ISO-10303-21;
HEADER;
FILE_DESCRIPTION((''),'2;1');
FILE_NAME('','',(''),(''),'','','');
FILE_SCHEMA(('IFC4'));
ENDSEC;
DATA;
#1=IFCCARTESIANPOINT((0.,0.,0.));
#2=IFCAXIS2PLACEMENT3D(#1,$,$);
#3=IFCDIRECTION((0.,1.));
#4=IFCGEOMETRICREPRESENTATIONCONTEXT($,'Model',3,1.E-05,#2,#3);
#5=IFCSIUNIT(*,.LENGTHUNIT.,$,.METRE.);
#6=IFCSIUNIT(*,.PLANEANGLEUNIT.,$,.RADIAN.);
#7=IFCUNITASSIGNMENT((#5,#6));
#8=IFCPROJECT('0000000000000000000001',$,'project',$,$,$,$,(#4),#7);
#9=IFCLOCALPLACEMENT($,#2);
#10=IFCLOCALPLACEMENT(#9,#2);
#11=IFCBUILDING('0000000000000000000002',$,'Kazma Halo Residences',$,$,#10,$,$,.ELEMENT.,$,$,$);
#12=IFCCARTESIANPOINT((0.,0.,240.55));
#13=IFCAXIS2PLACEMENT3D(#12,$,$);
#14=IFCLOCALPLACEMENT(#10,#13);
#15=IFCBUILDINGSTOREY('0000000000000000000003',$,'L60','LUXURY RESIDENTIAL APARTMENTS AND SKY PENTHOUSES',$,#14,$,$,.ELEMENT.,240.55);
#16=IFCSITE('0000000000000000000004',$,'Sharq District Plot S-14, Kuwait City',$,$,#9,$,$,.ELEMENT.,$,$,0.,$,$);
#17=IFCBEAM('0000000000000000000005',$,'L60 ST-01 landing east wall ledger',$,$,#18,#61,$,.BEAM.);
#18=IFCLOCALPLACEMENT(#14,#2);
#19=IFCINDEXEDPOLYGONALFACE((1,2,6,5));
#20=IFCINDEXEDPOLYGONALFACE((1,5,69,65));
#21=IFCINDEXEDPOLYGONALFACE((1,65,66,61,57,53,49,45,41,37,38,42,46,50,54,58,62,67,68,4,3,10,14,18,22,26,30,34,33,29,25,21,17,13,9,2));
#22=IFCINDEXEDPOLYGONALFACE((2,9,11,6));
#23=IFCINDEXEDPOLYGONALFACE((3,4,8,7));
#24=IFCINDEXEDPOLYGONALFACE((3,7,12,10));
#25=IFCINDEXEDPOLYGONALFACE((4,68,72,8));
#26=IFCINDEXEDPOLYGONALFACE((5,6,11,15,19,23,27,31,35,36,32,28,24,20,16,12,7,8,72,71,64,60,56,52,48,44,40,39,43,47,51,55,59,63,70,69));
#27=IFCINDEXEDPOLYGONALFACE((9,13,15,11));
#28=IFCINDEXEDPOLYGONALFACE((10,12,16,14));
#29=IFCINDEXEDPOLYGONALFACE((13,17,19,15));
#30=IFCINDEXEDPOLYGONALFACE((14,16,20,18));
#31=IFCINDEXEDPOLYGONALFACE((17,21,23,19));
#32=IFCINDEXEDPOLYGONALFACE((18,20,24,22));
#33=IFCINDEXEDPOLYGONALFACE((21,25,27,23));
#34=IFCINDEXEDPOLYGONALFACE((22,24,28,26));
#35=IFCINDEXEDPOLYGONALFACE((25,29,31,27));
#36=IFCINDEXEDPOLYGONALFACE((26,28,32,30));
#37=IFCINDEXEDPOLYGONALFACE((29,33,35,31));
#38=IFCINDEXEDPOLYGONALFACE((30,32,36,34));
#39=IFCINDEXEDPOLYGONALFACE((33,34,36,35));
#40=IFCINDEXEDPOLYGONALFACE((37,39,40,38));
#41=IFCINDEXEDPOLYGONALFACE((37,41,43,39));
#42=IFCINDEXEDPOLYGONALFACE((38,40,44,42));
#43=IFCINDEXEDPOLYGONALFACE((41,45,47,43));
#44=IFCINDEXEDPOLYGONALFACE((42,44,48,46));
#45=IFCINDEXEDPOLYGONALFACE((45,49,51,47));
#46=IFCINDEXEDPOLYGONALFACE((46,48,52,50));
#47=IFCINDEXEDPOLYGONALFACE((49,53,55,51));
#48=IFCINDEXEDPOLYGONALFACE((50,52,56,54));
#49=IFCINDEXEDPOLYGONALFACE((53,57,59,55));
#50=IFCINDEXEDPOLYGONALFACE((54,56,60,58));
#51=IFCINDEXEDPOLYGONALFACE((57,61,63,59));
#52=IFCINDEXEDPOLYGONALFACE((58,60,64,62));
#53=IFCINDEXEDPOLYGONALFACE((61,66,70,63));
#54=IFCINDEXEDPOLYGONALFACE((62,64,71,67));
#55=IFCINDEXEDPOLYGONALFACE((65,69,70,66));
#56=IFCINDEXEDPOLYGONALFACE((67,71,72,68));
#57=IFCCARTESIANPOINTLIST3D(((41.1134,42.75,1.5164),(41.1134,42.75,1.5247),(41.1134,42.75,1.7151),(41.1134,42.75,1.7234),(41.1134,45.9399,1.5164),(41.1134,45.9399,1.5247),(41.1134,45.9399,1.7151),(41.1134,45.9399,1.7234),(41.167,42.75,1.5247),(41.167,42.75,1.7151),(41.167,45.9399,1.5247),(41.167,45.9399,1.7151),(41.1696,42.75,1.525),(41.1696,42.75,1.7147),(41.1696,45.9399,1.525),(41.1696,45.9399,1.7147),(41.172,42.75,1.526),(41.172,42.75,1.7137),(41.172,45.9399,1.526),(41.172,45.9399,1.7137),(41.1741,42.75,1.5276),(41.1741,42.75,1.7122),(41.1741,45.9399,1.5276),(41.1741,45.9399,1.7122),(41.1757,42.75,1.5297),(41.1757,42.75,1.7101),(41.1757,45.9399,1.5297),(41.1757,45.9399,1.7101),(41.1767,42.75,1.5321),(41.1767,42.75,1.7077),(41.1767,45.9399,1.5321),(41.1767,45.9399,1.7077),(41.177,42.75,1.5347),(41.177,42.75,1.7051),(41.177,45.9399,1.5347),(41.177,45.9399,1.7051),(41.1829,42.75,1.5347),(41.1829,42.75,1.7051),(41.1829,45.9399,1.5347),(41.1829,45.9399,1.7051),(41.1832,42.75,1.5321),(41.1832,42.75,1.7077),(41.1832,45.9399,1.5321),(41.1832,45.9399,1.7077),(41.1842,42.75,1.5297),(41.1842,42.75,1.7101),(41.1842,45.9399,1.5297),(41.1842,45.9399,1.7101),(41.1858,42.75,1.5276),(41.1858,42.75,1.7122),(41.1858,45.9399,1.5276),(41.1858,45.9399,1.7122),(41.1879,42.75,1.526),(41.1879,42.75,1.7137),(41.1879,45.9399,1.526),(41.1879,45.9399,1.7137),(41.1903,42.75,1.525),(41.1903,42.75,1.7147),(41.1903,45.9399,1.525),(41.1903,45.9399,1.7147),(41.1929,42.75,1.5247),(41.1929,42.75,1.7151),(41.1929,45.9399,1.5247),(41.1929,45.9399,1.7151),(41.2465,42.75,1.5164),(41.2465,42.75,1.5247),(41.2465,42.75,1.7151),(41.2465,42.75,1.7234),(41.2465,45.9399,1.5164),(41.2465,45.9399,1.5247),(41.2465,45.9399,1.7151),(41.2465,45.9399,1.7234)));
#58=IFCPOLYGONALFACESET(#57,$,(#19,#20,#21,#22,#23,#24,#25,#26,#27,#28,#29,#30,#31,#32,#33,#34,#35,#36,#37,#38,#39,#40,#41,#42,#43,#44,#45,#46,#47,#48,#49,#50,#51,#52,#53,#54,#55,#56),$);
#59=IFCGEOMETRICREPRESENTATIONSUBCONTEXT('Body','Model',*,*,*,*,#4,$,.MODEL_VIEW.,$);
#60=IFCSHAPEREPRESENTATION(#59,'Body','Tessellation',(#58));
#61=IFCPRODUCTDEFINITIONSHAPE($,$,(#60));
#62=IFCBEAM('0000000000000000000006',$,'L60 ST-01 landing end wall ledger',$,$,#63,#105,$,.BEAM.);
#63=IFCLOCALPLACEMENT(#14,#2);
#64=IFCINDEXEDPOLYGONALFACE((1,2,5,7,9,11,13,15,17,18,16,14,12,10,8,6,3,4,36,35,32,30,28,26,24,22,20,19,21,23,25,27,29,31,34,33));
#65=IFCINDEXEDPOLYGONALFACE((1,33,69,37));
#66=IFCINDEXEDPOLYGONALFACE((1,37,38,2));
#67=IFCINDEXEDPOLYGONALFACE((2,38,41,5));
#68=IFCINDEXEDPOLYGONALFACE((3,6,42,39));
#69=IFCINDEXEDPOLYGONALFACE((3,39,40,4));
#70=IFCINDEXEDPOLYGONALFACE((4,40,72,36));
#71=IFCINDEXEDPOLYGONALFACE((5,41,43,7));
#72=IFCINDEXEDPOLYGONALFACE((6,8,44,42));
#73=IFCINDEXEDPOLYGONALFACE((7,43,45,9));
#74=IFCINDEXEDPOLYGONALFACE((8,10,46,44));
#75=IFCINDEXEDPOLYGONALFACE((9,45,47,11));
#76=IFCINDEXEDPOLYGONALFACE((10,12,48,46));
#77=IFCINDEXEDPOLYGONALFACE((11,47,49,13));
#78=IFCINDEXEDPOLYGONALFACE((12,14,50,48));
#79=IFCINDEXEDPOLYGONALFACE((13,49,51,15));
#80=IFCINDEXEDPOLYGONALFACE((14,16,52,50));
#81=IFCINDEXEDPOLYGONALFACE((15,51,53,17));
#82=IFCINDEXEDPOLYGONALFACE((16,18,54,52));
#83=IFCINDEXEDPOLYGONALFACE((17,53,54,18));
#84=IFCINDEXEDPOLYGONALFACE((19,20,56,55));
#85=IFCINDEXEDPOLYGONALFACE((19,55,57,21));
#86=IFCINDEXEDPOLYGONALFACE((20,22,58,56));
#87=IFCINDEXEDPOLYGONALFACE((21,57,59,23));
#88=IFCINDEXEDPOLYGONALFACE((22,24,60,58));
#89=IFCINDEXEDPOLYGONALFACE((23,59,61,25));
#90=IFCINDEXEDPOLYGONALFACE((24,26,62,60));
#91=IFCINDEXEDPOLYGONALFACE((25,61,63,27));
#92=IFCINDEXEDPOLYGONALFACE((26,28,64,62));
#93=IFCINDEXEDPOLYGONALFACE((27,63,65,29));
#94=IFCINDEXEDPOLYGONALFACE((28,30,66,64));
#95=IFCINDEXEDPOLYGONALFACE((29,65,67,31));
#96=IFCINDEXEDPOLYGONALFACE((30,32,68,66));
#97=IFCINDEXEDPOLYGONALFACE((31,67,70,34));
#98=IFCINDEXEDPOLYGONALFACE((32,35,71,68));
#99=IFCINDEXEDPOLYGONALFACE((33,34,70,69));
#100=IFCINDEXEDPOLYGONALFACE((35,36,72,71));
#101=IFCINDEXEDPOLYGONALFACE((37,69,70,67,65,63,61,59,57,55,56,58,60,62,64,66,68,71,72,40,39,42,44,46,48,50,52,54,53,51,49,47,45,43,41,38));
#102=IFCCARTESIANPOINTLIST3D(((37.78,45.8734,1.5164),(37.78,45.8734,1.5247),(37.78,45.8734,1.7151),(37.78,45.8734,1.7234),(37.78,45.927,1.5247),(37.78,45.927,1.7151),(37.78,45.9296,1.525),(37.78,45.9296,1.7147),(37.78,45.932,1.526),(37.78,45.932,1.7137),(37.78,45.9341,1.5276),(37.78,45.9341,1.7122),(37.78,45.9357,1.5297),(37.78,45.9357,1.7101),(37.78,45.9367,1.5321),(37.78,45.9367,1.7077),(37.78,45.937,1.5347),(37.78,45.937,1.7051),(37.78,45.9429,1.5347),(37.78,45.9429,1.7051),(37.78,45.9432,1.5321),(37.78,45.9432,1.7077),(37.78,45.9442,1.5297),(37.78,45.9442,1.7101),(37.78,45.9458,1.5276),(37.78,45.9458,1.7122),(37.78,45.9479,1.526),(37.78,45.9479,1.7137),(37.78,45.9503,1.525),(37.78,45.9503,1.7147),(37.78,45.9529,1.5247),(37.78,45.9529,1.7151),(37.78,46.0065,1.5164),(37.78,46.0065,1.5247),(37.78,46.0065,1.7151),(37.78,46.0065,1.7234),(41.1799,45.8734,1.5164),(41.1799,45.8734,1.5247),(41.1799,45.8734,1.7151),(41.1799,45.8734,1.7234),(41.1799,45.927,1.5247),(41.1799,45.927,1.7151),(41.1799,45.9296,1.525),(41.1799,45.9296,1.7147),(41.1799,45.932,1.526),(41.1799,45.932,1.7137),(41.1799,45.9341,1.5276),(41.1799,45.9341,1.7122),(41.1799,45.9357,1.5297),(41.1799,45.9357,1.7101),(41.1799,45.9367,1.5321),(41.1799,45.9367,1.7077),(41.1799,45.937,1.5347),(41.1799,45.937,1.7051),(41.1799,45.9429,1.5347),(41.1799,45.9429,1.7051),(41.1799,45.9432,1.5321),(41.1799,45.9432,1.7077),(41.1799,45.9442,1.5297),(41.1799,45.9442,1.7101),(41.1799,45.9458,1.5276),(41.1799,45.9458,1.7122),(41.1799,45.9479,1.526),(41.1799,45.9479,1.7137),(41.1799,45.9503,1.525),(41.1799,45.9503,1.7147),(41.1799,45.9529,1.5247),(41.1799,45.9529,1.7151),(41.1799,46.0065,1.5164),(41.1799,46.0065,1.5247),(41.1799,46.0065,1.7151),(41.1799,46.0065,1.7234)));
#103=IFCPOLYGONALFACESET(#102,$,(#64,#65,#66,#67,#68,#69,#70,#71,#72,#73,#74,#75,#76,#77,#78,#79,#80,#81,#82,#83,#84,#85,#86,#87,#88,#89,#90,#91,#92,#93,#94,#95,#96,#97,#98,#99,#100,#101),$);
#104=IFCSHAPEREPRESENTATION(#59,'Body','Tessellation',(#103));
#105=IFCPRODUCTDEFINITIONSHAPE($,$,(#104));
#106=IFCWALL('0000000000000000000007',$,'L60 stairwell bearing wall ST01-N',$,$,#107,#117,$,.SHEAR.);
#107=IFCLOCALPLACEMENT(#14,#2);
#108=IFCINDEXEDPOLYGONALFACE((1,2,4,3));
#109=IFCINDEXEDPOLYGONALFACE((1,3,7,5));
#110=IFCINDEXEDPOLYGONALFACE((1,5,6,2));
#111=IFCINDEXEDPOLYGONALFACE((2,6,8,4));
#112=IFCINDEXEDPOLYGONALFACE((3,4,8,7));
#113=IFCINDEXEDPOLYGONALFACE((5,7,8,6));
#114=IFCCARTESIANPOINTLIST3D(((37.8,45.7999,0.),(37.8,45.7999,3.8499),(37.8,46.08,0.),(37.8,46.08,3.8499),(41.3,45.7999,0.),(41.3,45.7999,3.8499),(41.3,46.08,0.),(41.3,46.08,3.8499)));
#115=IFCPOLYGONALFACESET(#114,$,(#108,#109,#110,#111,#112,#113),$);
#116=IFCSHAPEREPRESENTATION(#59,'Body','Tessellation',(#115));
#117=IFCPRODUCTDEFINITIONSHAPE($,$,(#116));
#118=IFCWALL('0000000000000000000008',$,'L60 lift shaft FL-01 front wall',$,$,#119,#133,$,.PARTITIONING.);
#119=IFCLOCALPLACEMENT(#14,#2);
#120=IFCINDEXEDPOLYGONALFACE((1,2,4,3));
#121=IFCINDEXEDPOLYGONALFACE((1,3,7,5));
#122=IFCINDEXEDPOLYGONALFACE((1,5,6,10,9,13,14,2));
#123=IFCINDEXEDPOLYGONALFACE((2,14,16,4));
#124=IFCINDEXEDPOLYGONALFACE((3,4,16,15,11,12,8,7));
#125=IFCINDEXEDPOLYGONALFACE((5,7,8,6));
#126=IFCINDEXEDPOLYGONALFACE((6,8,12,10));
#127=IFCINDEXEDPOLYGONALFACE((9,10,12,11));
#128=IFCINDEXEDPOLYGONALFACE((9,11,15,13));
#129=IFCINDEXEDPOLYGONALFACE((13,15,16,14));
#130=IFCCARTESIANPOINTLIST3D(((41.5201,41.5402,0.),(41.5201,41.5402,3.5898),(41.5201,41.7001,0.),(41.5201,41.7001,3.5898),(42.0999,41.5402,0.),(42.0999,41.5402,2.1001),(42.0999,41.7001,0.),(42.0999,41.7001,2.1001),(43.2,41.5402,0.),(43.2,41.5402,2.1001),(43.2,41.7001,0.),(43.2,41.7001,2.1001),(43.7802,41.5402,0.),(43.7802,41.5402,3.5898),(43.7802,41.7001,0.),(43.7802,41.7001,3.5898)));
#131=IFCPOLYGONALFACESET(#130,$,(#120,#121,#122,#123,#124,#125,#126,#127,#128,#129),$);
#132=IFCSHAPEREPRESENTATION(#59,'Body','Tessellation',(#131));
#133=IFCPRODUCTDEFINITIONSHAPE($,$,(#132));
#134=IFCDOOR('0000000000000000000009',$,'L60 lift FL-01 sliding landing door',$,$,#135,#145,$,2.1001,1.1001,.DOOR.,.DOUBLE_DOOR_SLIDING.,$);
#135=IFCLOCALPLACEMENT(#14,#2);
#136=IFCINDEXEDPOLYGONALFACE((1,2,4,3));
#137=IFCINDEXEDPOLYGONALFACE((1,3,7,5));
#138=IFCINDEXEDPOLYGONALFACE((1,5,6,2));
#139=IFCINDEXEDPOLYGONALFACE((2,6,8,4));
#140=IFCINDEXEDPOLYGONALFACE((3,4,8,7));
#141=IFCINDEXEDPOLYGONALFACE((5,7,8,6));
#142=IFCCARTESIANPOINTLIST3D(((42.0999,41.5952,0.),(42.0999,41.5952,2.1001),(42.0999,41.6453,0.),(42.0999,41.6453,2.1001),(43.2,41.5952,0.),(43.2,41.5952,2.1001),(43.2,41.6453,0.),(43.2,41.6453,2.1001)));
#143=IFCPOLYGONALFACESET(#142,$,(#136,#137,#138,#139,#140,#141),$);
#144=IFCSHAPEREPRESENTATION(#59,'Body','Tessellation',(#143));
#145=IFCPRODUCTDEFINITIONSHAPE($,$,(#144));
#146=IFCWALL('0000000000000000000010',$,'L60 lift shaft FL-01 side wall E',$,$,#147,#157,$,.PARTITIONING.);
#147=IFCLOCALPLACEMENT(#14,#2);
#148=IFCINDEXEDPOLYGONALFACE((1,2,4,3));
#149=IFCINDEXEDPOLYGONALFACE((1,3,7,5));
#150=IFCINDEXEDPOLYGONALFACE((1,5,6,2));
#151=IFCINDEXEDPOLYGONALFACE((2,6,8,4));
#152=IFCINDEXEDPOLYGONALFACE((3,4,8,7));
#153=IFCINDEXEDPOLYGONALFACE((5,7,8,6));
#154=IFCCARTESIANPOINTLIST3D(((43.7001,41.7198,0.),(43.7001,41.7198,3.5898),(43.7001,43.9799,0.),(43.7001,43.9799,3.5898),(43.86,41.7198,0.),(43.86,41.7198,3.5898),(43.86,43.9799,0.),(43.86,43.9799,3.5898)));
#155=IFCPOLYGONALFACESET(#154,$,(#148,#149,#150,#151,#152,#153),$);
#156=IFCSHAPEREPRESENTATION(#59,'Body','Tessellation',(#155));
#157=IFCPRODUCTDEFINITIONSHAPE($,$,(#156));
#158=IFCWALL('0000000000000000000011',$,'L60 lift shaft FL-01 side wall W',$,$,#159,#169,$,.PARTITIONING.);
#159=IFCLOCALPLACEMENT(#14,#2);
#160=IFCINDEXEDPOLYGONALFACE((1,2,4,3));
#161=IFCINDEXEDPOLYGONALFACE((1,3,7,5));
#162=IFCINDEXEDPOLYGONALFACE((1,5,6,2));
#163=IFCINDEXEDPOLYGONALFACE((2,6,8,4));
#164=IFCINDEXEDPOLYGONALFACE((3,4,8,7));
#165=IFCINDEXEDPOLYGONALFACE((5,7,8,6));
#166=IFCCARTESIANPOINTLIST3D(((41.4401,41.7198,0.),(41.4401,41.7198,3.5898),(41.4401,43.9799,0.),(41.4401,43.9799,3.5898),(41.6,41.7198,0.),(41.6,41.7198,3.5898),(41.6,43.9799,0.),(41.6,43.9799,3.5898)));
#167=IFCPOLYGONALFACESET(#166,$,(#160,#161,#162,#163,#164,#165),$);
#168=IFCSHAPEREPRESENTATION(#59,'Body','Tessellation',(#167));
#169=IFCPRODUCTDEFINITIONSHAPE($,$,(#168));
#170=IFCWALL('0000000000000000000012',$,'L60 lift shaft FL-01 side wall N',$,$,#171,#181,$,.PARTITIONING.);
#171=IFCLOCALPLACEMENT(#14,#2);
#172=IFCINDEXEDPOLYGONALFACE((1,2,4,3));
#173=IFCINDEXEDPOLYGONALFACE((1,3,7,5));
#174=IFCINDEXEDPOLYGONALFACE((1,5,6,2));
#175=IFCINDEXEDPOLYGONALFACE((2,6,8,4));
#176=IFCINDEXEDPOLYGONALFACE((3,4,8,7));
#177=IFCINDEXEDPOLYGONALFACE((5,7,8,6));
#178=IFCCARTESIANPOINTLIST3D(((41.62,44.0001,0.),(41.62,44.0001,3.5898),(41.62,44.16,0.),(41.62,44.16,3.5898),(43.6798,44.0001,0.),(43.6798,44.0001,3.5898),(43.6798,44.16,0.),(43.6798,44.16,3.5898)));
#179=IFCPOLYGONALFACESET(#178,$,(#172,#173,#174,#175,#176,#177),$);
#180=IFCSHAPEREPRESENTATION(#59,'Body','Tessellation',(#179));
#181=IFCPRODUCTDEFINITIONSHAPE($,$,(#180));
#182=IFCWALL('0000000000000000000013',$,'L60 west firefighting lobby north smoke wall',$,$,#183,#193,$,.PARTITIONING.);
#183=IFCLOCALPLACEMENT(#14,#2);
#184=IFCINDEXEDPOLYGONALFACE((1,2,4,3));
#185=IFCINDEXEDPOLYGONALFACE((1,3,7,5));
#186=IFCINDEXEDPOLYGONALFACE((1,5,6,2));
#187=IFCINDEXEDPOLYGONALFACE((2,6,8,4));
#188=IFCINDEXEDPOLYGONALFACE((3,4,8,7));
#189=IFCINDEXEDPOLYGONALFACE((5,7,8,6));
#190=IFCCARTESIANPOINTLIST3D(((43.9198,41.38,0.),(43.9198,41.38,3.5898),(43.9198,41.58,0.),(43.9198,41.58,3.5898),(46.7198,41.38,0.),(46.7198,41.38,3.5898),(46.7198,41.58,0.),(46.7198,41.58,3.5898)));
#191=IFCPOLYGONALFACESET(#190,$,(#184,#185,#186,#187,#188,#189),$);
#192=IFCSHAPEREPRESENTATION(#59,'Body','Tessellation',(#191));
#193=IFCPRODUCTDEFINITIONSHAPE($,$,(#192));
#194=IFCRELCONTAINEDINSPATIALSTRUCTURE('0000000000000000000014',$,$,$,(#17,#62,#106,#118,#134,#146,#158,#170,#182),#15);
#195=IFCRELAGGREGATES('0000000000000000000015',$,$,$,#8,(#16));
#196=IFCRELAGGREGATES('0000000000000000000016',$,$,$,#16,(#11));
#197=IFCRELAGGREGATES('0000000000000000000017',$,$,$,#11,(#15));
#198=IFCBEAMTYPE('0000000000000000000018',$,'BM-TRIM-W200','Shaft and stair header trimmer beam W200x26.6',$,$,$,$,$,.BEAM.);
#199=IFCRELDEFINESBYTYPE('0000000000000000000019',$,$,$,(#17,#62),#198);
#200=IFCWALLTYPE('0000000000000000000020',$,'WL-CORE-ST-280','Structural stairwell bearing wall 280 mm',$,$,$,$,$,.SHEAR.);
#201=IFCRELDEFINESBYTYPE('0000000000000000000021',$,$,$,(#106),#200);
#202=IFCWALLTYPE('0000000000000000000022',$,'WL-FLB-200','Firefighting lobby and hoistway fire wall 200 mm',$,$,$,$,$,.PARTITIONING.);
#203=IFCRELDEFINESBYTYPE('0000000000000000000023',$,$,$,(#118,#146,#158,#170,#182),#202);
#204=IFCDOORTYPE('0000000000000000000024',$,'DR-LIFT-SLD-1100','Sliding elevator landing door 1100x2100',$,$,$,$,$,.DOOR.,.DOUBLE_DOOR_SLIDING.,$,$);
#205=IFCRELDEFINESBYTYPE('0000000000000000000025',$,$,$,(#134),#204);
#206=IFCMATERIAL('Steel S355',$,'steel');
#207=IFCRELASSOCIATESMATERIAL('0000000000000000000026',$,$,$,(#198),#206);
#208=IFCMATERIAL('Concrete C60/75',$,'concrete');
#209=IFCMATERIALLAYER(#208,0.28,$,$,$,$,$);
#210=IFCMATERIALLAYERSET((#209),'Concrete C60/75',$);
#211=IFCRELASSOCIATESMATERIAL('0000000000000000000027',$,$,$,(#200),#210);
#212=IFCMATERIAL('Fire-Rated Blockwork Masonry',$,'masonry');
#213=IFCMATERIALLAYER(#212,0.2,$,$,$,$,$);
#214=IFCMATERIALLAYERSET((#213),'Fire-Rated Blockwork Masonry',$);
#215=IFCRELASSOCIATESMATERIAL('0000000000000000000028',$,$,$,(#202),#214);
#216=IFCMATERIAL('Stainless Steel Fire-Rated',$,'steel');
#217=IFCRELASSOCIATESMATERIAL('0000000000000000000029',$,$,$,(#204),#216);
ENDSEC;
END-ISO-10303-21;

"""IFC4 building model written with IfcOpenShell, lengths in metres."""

from ifc_helpers import new_model, si_unit, direction, frame, frame_2d, origin, origin_2d, place, context, subcontext, project, spatial, rectangle, i_section, extrude, material, layer, layer_set, material_profile, profile_set, type_object, element, fill, save


model = new_model("IFC4")

# Units and contexts
model_context = context("Model", 3, precision=1e-05, world=origin(), true_north=direction((0.0, 1.0)))
body_context = subcontext(model_context, "Body", "Model", "MODEL_VIEW")
ifc_project = project(units=[si_unit("LENGTHUNIT", "METRE"), si_unit("PLANEANGLEUNIT", "RADIAN")], contexts=[model_context])

# Site, building, storey
site_placement = place(None, origin())
site = spatial("IfcSite", under=ifc_project, at=site_placement, Name="Sharq District Plot S-14, Kuwait City", CompositionType="ELEMENT", RefElevation=0.0)
building_placement = place(site_placement, origin())
building = spatial("IfcBuilding", under=site, at=building_placement, Name="Kazma Halo Residences", CompositionType="ELEMENT")
storey_placement = place(building_placement, frame((0.0, 0.0, 240.55)))
storey = spatial("IfcBuildingStorey", under=building, at=storey_placement, Name="L60", Description="LUXURY RESIDENTIAL APARTMENTS AND SKY PENTHOUSES", CompositionType="ELEMENT", Elevation=240.55)

# Shared definitions
ifc_material_1 = material(Name="Steel S355", Category="steel")

# Beams
ifc_material_profile_1 = material_profile(ifc_material_1, i_section(OverallWidth=0.1331, OverallDepth=0.207, WebThickness=0.0059, FlangeThickness=0.0083, FilletRadius=0.01, at=origin_2d()), Name="W200x26.6")
ifc_profile_set_1 = profile_set([ifc_material_profile_1], Name="Steel S355")
beam_type_1 = type_object("IfcBeamType", Name="BM-TRIM-W200", Description="Shaft and stair header trimmer beam W200x26.6", PredefinedType="BEAM", material=ifc_profile_set_1)
beam_1_placement = place(storey_placement, frame((41.1799, 42.75, 1.6199), z_axis=(0.0, 1.0, 0.0), x_axis=(-1.0, 0.0, 0.0)))
element("IfcBeam", 1, at=beam_1_placement, inside=storey, type_object=beam_type_1, Name="L60 ST-01 landing east wall ledger", PredefinedType="BEAM", context=body_context, shape_type="SweptSolid", body=[
    extrude(i_section(OverallWidth=0.1331, OverallDepth=0.207, WebThickness=0.0059, FlangeThickness=0.0083, FilletRadius=0.01, at=origin_2d()), origin(), (0.0, 0.0, 1.0), 3.1899),
])
beam_2_placement = place(storey_placement, frame((37.78, 45.9399, 1.6199), z_axis=(1.0, 0.0, 0.0), x_axis=(0.0, 1.0, 0.0)))
element("IfcBeam", 2, at=beam_2_placement, inside=storey, type_object=beam_type_1, Name="L60 ST-01 landing end wall ledger", PredefinedType="BEAM", context=body_context, shape_type="SweptSolid", body=[
    extrude(i_section(OverallWidth=0.1331, OverallDepth=0.207, WebThickness=0.0059, FlangeThickness=0.0083, FilletRadius=0.01, at=origin_2d()), origin(), (0.0, 0.0, 1.0), 3.3999),
])

# Wall
ifc_material_2 = material(Name="Concrete C60/75", Category="concrete")
ifc_layer_1 = layer(ifc_material_2, 0.28)
ifc_layer_set_1 = layer_set([ifc_layer_1], Name="Concrete C60/75")
wall_type_1 = type_object("IfcWallType", Name="WL-CORE-ST-280", Description="Structural stairwell bearing wall 280 mm", PredefinedType="SHEAR", material=ifc_layer_set_1)
wall_1_placement = place(storey_placement, frame((37.8, 45.9399, 0.0), z_axis=(0.0, 0.0, 1.0), x_axis=(1.0, 0.0, 0.0)))
element("IfcWall", 3, at=wall_1_placement, inside=storey, type_object=wall_type_1, Name="L60 stairwell bearing wall ST01-N", PredefinedType="SHEAR", context=body_context, shape_type="SweptSolid", body=[
    extrude(rectangle(XDim=3.5, YDim=0.28, at=frame_2d((1.75, 0.0))), origin(), (0.0, 0.0, 1.0), 3.8499),
])

# Wall, opening, door
ifc_material_3 = material(Name="Fire-Rated Blockwork Masonry", Category="masonry")
ifc_layer_2 = layer(ifc_material_3, 0.2)
ifc_layer_set_2 = layer_set([ifc_layer_2], Name="Fire-Rated Blockwork Masonry")
wall_type_2 = type_object("IfcWallType", Name="WL-FLB-200", Description="Firefighting lobby and hoistway fire wall 200 mm", PredefinedType="PARTITIONING", material=ifc_layer_set_2)
wall_2_placement = place(storey_placement, frame((43.78, 41.6201, 0.0), z_axis=(0.0, 0.0, 1.0), x_axis=(-1.0, 0.0, 0.0)))
wall_2 = element("IfcWall", 4, at=wall_2_placement, inside=storey, type_object=wall_type_2, Name="L60 lift shaft FL-01 front wall", PredefinedType="PARTITIONING", context=body_context, shape_type="SweptSolid", body=[
    extrude(rectangle(XDim=2.26, YDim=0.1599, at=frame_2d((1.1299, 0.0))), origin(), (0.0, 0.0, 1.0), 3.5898),
])
opening_1_placement = place(wall_2_placement, frame((0.5801, 0.0, 0.0)))
opening_1 = element("IfcOpeningElement", 5, at=opening_1_placement, cuts=wall_2, PredefinedType="OPENING", context=body_context, shape_type="SweptSolid", body=[
    extrude(rectangle(XDim=1.1001, YDim=2.1001, at=frame_2d((0.55, 1.05))), frame((0.0, 0.0898, 0.0), z_axis=(0.0, -1.0, 0.0), x_axis=(1.0, 0.0, 0.0)), (0.0, 0.0, 1.0), 0.1799),
])
ifc_material_4 = material(Name="Stainless Steel Fire-Rated", Category="steel")
door_type_1 = type_object("IfcDoorType", Name="DR-LIFT-SLD-1100", Description="Sliding elevator landing door 1100x2100", OperationType="DOUBLE_DOOR_SLIDING", PredefinedType="DOOR", material=ifc_material_4)
door_1_placement = place(opening_1_placement, origin())
door_1 = element("IfcDoor", 6, at=door_1_placement, inside=storey, type_object=door_type_1, Name="L60 lift FL-01 sliding landing door", OperationType="DOUBLE_DOOR_SLIDING", OverallHeight=2.1001, OverallWidth=1.1001, PredefinedType="DOOR", context=body_context, shape_type="SweptSolid", body=[
    extrude(rectangle(XDim=1.1001, YDim=2.1001, at=frame_2d((0.55, 1.05))), frame((0.0, 0.0249, 0.0), z_axis=(0.0, -1.0, 0.0), x_axis=(1.0, 0.0, 0.0)), (0.0, 0.0, 1.0), 0.05),
])
fill(opening_1, door_1)

# Walls
for number, where, z_axis, x_axis, name in (
    (7, (43.78, 41.72, 0.0), (0.0, 0.0, 1.0), (0.0, 1.0, 0.0), "L60 lift shaft FL-01 side wall E"),
    (8, (41.52, 41.72, 0.0), (0.0, 0.0, 1.0), (0.0, 1.0, 0.0), "L60 lift shaft FL-01 side wall W"),
):
    element("IfcWall", number, at=place(storey_placement, frame(where, z_axis=z_axis, x_axis=x_axis)), inside=storey, type_object=wall_type_2, Name=name, PredefinedType="PARTITIONING", context=body_context, shape_type="SweptSolid", body=[
        extrude(rectangle(XDim=2.26, YDim=0.1599, at=frame_2d((1.1299, 0.0))), origin(), (0.0, 0.0, 1.0), 3.5898),
    ])
wall_3_placement = place(storey_placement, frame((41.6201, 44.0801, 0.0), z_axis=(0.0, 0.0, 1.0), x_axis=(1.0, 0.0, 0.0)))
element("IfcWall", 9, at=wall_3_placement, inside=storey, type_object=wall_type_2, Name="L60 lift shaft FL-01 side wall N", PredefinedType="PARTITIONING", context=body_context, shape_type="SweptSolid", body=[
    extrude(rectangle(XDim=2.0598, YDim=0.1599, at=frame_2d((1.0298, 0.0))), origin(), (0.0, 0.0, 1.0), 3.5898),
])
wall_4_placement = place(storey_placement, frame((43.9199, 41.48, 0.0), z_axis=(0.0, 0.0, 1.0), x_axis=(1.0, 0.0, 0.0)))
element("IfcWall", 10, at=wall_4_placement, inside=storey, type_object=wall_type_2, Name="L60 west firefighting lobby north smoke wall", PredefinedType="PARTITIONING", context=body_context, shape_type="SweptSolid", body=[
    extrude(rectangle(XDim=2.8, YDim=0.2, at=frame_2d((1.3999, 0.0))), origin(), (0.0, 0.0, 1.0), 3.5898),
])

save(model, "model.ifc")
